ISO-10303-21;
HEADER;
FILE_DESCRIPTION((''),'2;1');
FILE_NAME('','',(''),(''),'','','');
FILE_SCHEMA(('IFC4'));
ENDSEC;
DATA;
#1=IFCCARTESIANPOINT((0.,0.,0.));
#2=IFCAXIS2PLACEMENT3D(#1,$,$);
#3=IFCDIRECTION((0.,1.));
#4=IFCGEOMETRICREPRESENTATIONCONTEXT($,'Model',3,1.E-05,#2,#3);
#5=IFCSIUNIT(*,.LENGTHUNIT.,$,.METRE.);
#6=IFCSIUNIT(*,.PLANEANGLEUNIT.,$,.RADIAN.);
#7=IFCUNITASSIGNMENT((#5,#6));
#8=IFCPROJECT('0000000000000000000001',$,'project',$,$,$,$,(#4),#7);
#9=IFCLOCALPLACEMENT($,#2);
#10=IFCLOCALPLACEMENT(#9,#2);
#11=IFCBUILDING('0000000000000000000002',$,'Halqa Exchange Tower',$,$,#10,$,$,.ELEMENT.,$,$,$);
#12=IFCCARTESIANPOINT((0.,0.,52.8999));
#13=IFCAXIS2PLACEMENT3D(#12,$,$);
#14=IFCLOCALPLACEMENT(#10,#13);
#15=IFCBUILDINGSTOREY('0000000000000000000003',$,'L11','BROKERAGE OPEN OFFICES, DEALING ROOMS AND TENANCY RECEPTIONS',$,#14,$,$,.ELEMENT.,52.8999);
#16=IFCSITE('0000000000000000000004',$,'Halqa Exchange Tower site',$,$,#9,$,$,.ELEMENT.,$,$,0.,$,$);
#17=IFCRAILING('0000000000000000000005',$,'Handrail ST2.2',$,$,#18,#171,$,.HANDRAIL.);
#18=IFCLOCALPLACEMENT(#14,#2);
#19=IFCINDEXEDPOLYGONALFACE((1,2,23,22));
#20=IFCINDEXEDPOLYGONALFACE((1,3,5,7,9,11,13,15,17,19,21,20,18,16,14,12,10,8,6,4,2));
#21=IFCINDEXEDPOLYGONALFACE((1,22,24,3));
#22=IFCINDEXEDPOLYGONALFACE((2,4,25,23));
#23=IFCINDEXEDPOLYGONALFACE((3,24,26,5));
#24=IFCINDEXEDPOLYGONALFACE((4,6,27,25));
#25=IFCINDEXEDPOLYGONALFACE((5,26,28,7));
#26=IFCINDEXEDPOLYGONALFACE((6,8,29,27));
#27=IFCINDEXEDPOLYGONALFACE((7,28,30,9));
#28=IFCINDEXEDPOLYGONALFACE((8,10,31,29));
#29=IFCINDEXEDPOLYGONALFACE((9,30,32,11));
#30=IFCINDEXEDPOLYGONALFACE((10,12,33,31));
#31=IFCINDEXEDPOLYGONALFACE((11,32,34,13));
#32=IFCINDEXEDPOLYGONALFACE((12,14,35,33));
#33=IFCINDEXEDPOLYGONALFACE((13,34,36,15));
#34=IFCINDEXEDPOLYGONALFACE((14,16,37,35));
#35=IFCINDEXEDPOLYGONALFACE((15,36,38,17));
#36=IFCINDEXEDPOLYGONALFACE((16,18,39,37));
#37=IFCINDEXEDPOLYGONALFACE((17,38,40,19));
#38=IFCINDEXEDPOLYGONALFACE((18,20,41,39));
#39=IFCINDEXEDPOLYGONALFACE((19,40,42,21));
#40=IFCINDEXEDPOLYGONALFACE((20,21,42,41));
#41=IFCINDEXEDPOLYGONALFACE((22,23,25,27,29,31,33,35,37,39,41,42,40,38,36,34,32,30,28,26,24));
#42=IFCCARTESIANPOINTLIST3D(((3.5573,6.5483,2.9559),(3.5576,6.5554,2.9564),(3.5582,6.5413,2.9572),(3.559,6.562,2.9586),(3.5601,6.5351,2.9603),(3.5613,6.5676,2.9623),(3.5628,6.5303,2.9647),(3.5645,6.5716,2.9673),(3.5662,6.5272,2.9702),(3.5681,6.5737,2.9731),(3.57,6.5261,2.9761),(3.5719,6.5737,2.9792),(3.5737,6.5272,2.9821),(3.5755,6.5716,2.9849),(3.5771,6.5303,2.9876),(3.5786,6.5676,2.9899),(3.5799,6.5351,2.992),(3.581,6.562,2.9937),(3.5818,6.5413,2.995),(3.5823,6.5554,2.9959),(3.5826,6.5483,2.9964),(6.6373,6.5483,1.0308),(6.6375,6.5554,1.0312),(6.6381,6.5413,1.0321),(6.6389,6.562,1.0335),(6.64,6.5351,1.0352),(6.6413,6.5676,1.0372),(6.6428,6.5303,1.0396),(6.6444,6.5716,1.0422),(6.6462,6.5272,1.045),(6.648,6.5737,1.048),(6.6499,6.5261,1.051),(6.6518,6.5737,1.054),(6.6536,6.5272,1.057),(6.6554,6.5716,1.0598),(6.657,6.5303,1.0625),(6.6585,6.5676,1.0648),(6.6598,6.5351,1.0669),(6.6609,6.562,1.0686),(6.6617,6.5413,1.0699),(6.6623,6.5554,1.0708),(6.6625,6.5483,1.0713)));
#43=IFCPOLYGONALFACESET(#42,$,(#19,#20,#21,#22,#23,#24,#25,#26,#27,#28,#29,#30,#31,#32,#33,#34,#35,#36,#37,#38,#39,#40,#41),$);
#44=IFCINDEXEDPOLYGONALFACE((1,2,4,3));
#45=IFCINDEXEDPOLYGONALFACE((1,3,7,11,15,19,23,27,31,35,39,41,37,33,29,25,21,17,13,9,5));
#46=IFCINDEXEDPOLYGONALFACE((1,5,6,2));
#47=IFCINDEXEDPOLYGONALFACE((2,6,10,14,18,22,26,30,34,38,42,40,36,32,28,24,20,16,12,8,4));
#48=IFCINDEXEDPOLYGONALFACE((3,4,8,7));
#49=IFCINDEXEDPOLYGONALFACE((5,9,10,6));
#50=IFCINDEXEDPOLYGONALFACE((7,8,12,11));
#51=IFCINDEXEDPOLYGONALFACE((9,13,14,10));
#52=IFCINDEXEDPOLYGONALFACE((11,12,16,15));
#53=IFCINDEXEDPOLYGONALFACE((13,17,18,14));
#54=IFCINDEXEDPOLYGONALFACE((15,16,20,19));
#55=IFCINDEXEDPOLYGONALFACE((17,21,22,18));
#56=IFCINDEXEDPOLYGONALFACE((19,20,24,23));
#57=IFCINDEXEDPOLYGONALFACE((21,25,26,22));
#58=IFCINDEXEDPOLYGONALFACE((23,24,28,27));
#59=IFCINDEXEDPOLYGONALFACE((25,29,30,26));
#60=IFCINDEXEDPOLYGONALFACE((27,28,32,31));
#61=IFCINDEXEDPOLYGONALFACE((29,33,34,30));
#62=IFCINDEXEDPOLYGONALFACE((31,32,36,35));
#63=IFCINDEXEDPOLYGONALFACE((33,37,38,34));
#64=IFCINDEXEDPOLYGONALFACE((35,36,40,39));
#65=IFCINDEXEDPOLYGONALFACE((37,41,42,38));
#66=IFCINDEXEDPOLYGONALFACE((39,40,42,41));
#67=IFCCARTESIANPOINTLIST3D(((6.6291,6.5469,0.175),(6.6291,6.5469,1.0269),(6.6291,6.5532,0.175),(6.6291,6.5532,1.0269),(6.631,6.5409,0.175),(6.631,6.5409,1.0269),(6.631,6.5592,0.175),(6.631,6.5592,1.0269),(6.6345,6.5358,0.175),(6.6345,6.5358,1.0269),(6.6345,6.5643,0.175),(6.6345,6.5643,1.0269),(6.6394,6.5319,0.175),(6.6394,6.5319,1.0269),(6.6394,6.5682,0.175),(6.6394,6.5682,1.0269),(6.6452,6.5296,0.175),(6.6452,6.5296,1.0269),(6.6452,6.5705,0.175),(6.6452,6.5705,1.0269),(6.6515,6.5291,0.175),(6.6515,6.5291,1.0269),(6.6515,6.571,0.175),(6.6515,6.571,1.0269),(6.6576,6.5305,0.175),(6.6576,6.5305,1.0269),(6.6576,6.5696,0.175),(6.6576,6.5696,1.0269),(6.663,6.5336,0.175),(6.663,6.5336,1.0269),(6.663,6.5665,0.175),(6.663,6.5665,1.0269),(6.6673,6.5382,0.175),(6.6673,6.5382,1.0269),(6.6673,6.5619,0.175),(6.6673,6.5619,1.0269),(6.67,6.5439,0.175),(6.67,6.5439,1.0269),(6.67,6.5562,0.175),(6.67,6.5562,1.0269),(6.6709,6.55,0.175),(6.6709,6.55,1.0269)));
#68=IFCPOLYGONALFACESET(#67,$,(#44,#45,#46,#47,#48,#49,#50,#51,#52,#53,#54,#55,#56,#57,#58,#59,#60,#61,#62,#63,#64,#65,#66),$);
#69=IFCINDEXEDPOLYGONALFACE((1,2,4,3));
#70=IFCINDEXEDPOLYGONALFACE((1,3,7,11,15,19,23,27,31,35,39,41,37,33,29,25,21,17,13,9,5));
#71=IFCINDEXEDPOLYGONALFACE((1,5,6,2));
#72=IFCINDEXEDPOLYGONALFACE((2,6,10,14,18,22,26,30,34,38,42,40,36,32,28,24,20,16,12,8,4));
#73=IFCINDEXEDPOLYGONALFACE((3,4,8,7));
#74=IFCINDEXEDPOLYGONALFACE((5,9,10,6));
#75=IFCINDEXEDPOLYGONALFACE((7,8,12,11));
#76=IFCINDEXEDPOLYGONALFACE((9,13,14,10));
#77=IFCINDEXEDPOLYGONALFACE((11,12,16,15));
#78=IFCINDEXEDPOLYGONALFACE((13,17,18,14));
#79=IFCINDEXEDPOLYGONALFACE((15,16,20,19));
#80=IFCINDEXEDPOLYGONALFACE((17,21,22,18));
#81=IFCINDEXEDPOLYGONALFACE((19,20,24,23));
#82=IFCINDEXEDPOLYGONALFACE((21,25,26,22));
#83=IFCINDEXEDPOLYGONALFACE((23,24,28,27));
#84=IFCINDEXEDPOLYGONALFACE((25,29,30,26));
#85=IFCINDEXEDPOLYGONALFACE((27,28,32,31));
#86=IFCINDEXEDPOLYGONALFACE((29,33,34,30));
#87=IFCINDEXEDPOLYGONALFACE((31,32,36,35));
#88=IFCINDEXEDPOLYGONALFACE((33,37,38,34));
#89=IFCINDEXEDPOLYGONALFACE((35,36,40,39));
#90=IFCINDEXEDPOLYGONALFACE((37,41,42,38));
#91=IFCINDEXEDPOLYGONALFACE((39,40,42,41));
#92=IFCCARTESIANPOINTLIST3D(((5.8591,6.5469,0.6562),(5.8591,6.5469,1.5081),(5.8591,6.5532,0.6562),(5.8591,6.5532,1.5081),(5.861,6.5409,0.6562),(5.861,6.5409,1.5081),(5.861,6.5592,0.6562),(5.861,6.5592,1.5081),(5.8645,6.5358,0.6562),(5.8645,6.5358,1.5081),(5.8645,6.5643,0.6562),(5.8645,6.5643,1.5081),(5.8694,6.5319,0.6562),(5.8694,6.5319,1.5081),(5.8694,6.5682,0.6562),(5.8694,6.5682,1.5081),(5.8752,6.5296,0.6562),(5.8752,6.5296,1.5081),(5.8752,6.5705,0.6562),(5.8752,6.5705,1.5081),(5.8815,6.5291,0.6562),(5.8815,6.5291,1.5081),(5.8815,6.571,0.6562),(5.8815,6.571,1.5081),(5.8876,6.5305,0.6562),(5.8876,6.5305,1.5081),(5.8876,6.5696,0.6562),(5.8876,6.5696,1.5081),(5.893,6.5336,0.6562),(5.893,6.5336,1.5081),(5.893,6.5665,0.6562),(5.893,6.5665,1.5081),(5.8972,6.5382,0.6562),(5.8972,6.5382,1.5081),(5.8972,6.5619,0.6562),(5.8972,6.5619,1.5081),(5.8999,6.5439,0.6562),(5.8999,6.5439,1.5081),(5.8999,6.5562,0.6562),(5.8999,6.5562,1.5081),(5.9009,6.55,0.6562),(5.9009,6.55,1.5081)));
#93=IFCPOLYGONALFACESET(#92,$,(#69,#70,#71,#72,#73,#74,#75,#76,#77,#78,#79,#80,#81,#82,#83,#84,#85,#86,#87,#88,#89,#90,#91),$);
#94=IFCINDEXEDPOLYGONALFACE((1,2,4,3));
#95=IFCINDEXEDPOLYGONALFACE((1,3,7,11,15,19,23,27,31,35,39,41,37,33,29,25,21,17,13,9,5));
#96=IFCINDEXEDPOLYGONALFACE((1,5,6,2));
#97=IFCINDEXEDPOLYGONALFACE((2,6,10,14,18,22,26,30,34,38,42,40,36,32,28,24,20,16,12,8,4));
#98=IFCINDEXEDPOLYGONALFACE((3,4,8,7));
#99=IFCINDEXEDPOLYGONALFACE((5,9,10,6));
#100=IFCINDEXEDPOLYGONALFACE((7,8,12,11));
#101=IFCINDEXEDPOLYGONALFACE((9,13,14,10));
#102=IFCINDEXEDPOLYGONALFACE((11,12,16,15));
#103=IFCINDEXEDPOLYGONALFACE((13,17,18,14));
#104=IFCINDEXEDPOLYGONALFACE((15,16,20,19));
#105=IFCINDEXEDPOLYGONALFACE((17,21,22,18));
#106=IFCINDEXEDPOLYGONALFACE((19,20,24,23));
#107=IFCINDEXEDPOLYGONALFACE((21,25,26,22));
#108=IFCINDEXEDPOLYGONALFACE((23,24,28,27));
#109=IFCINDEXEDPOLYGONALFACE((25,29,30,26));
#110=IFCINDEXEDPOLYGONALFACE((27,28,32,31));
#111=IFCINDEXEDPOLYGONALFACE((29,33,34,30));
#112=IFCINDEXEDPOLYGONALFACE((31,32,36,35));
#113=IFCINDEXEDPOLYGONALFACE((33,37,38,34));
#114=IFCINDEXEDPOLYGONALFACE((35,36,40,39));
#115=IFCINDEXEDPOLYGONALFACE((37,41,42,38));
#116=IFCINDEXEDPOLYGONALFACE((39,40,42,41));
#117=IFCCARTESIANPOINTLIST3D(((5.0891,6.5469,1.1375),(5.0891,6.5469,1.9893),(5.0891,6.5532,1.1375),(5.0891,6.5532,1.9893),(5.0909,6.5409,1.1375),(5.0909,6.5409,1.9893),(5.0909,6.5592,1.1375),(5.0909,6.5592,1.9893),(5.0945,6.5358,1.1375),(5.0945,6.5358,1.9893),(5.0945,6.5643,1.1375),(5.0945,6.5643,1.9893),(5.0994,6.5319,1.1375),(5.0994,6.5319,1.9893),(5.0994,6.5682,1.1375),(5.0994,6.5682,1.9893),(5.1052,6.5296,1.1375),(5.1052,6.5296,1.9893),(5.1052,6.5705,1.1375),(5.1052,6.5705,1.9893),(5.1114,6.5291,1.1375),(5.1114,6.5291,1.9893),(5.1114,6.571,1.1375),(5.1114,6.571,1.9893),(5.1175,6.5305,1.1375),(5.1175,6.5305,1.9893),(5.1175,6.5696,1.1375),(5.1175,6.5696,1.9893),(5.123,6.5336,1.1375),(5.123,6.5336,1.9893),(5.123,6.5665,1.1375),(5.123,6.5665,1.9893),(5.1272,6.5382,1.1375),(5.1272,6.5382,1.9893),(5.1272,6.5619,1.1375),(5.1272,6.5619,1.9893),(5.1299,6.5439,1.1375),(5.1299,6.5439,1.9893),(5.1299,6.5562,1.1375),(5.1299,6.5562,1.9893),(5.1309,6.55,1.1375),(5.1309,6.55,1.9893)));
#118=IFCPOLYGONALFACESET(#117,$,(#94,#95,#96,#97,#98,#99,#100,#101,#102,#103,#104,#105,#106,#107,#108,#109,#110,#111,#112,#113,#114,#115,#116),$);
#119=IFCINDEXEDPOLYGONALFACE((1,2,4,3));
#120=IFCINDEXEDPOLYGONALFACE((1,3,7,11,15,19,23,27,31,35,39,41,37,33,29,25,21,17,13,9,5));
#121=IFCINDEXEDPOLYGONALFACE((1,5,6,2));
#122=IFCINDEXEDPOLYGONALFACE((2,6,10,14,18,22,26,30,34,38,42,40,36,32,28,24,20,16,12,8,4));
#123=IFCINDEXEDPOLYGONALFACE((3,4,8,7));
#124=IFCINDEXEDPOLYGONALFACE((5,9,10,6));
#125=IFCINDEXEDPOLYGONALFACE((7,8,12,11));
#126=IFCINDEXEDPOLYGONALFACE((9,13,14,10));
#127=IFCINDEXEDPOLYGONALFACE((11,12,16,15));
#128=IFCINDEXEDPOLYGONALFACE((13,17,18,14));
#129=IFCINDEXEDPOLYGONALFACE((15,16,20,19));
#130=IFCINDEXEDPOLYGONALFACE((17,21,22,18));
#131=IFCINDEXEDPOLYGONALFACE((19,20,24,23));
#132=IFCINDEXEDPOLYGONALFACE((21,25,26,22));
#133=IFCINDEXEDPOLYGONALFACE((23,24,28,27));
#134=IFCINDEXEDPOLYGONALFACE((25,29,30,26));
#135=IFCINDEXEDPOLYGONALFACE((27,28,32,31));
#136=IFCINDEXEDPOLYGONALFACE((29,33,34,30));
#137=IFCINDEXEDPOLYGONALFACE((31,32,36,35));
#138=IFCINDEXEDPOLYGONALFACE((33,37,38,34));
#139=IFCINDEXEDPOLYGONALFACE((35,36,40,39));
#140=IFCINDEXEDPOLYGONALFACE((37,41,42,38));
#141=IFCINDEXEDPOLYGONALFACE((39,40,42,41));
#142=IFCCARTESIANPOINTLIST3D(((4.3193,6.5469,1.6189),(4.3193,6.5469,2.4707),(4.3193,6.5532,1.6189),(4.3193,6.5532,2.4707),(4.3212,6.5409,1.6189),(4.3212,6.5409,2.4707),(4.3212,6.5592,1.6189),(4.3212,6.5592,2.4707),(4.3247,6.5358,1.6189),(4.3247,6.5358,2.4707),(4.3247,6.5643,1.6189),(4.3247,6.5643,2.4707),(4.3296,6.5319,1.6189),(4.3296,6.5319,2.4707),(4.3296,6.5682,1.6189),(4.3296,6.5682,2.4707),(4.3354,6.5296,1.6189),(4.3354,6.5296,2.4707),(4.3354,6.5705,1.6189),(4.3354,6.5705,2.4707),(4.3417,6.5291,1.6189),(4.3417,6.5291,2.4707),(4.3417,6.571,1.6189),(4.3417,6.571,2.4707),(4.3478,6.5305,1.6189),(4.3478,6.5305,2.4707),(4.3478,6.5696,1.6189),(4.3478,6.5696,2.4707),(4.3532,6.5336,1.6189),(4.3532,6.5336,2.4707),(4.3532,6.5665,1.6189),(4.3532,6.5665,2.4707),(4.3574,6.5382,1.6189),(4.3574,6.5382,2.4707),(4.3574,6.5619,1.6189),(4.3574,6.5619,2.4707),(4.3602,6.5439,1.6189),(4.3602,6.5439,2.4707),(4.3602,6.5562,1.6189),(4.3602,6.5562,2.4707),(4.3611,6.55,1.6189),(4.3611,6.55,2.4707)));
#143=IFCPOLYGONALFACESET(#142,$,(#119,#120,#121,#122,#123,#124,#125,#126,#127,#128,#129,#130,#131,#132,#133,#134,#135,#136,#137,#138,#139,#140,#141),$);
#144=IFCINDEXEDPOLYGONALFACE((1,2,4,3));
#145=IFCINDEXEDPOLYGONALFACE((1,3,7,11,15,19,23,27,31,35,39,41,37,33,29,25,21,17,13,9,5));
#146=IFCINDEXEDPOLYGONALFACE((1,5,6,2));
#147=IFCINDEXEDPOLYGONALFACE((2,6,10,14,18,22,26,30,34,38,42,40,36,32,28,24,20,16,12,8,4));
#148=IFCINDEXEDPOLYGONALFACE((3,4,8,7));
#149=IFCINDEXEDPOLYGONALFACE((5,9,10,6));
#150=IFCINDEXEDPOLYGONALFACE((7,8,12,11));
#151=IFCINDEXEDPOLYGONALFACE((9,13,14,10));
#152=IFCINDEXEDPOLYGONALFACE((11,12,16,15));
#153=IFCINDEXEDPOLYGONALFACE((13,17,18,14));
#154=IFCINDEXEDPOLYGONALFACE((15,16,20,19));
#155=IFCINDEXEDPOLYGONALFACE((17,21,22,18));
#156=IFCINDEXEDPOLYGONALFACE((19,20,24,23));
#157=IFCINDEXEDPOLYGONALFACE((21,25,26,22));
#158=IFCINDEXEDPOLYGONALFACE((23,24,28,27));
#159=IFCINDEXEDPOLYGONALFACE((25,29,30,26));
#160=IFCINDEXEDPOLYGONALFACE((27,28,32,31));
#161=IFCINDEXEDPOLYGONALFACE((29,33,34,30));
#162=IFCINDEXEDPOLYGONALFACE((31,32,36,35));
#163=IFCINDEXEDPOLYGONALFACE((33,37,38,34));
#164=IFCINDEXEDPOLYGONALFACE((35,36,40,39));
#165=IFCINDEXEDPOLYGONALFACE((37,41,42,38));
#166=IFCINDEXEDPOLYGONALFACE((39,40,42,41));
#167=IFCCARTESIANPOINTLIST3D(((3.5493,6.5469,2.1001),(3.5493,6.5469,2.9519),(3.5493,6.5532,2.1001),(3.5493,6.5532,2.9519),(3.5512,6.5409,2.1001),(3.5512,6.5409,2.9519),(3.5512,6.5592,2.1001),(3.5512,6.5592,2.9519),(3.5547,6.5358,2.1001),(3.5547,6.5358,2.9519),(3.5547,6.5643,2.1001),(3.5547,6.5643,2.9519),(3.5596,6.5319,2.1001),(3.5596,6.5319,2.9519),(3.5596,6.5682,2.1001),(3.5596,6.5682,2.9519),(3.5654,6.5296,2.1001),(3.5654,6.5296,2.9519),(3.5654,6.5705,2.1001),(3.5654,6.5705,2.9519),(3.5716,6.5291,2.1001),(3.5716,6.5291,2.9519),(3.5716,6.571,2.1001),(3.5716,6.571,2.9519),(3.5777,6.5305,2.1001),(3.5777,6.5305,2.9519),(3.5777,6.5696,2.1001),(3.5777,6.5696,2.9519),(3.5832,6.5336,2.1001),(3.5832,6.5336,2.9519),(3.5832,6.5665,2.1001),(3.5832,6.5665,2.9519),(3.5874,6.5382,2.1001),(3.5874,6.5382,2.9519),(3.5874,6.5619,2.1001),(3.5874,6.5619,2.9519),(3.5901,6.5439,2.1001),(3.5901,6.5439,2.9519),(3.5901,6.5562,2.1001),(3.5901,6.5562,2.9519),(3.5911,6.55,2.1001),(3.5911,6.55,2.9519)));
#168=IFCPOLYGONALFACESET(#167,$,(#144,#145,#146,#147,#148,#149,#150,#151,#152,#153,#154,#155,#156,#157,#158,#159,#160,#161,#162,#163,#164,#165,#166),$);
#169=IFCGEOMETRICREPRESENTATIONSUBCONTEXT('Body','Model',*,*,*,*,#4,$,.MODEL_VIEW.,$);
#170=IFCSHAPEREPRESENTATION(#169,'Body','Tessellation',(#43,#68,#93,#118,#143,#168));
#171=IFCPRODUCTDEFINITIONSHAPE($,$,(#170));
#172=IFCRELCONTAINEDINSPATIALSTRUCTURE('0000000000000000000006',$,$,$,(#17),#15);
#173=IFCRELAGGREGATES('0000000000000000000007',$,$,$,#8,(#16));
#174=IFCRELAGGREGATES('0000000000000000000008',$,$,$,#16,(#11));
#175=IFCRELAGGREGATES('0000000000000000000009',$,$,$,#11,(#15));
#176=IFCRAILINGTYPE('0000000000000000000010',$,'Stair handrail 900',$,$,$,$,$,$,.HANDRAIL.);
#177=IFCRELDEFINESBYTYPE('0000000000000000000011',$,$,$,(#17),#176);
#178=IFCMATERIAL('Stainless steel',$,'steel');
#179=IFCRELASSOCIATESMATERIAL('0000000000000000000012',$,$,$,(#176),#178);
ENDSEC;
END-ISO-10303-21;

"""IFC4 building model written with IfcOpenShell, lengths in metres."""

from ifc_helpers import new_model, si_unit, direction, frame, origin, origin_2d, place, context, subcontext, project, spatial, circle, extrude, material, type_object, element, save


model = new_model("IFC4")

# Units and contexts
model_context = context("Model", 3, precision=1e-05, world=origin(), true_north=direction((0.0, 1.0)))
body_context = subcontext(model_context, "Body", "Model", "MODEL_VIEW")
ifc_project = project(units=[si_unit("LENGTHUNIT", "METRE"), si_unit("PLANEANGLEUNIT", "RADIAN")], contexts=[model_context])

# Site, building, storey
site_placement = place(None, origin())
site = spatial("IfcSite", under=ifc_project, at=site_placement, Name="Halqa Exchange Tower site", CompositionType="ELEMENT", RefElevation=0.0)
building_placement = place(site_placement, origin())
building = spatial("IfcBuilding", under=site, at=building_placement, Name="Halqa Exchange Tower", CompositionType="ELEMENT")
storey_placement = place(building_placement, frame((0.0, 0.0, 52.8999)))
storey = spatial("IfcBuildingStorey", under=building, at=storey_placement, Name="L11", Description="BROKERAGE OPEN OFFICES, DEALING ROOMS AND TENANCY RECEPTIONS", CompositionType="ELEMENT", Elevation=52.8999)

# Railing
ifc_material_1 = material(Name="Stainless steel", Category="steel")
railing_type_1 = type_object("IfcRailingType", Name="Stair handrail 900", PredefinedType="HANDRAIL", material=ifc_material_1)
railing_1_placement = place(storey_placement, frame((6.6499, 6.55, 0.175)))
element("IfcRailing", 1, at=railing_1_placement, inside=storey, type_object=railing_type_1, Name="Handrail ST2.2", PredefinedType="HANDRAIL", context=body_context, shape_type="SweptSolid", body=[
    extrude(circle(Radius=0.0239, at=origin_2d()), frame((0.0, 0.0, 0.876), z_axis=(-0.847979, 0.0, 0.530029), x_axis=(0.0, -1.0, 0.0)), (0.0, 0.0, 1.0), 3.6321),
    extrude(circle(Radius=0.021, at=origin_2d()), origin(), (0.0, 0.0, 1.0), 0.8518),
    extrude(circle(Radius=0.021, at=origin_2d()), frame((-0.77, 0.0, 0.4812)), (0.0, 0.0, 1.0), 0.8518),
    extrude(circle(Radius=0.021, at=origin_2d()), frame((-1.54, 0.0, 0.9624)), (0.0, 0.0, 1.0), 0.8518),
    extrude(circle(Radius=0.021, at=origin_2d()), frame((-2.3098, 0.0, 1.4438)), (0.0, 0.0, 1.0), 0.8518),
    extrude(circle(Radius=0.021, at=origin_2d()), frame((-3.0798, 0.0, 1.925)), (0.0, 0.0, 1.0), 0.8518),
])

save(model, "model.ifc")
